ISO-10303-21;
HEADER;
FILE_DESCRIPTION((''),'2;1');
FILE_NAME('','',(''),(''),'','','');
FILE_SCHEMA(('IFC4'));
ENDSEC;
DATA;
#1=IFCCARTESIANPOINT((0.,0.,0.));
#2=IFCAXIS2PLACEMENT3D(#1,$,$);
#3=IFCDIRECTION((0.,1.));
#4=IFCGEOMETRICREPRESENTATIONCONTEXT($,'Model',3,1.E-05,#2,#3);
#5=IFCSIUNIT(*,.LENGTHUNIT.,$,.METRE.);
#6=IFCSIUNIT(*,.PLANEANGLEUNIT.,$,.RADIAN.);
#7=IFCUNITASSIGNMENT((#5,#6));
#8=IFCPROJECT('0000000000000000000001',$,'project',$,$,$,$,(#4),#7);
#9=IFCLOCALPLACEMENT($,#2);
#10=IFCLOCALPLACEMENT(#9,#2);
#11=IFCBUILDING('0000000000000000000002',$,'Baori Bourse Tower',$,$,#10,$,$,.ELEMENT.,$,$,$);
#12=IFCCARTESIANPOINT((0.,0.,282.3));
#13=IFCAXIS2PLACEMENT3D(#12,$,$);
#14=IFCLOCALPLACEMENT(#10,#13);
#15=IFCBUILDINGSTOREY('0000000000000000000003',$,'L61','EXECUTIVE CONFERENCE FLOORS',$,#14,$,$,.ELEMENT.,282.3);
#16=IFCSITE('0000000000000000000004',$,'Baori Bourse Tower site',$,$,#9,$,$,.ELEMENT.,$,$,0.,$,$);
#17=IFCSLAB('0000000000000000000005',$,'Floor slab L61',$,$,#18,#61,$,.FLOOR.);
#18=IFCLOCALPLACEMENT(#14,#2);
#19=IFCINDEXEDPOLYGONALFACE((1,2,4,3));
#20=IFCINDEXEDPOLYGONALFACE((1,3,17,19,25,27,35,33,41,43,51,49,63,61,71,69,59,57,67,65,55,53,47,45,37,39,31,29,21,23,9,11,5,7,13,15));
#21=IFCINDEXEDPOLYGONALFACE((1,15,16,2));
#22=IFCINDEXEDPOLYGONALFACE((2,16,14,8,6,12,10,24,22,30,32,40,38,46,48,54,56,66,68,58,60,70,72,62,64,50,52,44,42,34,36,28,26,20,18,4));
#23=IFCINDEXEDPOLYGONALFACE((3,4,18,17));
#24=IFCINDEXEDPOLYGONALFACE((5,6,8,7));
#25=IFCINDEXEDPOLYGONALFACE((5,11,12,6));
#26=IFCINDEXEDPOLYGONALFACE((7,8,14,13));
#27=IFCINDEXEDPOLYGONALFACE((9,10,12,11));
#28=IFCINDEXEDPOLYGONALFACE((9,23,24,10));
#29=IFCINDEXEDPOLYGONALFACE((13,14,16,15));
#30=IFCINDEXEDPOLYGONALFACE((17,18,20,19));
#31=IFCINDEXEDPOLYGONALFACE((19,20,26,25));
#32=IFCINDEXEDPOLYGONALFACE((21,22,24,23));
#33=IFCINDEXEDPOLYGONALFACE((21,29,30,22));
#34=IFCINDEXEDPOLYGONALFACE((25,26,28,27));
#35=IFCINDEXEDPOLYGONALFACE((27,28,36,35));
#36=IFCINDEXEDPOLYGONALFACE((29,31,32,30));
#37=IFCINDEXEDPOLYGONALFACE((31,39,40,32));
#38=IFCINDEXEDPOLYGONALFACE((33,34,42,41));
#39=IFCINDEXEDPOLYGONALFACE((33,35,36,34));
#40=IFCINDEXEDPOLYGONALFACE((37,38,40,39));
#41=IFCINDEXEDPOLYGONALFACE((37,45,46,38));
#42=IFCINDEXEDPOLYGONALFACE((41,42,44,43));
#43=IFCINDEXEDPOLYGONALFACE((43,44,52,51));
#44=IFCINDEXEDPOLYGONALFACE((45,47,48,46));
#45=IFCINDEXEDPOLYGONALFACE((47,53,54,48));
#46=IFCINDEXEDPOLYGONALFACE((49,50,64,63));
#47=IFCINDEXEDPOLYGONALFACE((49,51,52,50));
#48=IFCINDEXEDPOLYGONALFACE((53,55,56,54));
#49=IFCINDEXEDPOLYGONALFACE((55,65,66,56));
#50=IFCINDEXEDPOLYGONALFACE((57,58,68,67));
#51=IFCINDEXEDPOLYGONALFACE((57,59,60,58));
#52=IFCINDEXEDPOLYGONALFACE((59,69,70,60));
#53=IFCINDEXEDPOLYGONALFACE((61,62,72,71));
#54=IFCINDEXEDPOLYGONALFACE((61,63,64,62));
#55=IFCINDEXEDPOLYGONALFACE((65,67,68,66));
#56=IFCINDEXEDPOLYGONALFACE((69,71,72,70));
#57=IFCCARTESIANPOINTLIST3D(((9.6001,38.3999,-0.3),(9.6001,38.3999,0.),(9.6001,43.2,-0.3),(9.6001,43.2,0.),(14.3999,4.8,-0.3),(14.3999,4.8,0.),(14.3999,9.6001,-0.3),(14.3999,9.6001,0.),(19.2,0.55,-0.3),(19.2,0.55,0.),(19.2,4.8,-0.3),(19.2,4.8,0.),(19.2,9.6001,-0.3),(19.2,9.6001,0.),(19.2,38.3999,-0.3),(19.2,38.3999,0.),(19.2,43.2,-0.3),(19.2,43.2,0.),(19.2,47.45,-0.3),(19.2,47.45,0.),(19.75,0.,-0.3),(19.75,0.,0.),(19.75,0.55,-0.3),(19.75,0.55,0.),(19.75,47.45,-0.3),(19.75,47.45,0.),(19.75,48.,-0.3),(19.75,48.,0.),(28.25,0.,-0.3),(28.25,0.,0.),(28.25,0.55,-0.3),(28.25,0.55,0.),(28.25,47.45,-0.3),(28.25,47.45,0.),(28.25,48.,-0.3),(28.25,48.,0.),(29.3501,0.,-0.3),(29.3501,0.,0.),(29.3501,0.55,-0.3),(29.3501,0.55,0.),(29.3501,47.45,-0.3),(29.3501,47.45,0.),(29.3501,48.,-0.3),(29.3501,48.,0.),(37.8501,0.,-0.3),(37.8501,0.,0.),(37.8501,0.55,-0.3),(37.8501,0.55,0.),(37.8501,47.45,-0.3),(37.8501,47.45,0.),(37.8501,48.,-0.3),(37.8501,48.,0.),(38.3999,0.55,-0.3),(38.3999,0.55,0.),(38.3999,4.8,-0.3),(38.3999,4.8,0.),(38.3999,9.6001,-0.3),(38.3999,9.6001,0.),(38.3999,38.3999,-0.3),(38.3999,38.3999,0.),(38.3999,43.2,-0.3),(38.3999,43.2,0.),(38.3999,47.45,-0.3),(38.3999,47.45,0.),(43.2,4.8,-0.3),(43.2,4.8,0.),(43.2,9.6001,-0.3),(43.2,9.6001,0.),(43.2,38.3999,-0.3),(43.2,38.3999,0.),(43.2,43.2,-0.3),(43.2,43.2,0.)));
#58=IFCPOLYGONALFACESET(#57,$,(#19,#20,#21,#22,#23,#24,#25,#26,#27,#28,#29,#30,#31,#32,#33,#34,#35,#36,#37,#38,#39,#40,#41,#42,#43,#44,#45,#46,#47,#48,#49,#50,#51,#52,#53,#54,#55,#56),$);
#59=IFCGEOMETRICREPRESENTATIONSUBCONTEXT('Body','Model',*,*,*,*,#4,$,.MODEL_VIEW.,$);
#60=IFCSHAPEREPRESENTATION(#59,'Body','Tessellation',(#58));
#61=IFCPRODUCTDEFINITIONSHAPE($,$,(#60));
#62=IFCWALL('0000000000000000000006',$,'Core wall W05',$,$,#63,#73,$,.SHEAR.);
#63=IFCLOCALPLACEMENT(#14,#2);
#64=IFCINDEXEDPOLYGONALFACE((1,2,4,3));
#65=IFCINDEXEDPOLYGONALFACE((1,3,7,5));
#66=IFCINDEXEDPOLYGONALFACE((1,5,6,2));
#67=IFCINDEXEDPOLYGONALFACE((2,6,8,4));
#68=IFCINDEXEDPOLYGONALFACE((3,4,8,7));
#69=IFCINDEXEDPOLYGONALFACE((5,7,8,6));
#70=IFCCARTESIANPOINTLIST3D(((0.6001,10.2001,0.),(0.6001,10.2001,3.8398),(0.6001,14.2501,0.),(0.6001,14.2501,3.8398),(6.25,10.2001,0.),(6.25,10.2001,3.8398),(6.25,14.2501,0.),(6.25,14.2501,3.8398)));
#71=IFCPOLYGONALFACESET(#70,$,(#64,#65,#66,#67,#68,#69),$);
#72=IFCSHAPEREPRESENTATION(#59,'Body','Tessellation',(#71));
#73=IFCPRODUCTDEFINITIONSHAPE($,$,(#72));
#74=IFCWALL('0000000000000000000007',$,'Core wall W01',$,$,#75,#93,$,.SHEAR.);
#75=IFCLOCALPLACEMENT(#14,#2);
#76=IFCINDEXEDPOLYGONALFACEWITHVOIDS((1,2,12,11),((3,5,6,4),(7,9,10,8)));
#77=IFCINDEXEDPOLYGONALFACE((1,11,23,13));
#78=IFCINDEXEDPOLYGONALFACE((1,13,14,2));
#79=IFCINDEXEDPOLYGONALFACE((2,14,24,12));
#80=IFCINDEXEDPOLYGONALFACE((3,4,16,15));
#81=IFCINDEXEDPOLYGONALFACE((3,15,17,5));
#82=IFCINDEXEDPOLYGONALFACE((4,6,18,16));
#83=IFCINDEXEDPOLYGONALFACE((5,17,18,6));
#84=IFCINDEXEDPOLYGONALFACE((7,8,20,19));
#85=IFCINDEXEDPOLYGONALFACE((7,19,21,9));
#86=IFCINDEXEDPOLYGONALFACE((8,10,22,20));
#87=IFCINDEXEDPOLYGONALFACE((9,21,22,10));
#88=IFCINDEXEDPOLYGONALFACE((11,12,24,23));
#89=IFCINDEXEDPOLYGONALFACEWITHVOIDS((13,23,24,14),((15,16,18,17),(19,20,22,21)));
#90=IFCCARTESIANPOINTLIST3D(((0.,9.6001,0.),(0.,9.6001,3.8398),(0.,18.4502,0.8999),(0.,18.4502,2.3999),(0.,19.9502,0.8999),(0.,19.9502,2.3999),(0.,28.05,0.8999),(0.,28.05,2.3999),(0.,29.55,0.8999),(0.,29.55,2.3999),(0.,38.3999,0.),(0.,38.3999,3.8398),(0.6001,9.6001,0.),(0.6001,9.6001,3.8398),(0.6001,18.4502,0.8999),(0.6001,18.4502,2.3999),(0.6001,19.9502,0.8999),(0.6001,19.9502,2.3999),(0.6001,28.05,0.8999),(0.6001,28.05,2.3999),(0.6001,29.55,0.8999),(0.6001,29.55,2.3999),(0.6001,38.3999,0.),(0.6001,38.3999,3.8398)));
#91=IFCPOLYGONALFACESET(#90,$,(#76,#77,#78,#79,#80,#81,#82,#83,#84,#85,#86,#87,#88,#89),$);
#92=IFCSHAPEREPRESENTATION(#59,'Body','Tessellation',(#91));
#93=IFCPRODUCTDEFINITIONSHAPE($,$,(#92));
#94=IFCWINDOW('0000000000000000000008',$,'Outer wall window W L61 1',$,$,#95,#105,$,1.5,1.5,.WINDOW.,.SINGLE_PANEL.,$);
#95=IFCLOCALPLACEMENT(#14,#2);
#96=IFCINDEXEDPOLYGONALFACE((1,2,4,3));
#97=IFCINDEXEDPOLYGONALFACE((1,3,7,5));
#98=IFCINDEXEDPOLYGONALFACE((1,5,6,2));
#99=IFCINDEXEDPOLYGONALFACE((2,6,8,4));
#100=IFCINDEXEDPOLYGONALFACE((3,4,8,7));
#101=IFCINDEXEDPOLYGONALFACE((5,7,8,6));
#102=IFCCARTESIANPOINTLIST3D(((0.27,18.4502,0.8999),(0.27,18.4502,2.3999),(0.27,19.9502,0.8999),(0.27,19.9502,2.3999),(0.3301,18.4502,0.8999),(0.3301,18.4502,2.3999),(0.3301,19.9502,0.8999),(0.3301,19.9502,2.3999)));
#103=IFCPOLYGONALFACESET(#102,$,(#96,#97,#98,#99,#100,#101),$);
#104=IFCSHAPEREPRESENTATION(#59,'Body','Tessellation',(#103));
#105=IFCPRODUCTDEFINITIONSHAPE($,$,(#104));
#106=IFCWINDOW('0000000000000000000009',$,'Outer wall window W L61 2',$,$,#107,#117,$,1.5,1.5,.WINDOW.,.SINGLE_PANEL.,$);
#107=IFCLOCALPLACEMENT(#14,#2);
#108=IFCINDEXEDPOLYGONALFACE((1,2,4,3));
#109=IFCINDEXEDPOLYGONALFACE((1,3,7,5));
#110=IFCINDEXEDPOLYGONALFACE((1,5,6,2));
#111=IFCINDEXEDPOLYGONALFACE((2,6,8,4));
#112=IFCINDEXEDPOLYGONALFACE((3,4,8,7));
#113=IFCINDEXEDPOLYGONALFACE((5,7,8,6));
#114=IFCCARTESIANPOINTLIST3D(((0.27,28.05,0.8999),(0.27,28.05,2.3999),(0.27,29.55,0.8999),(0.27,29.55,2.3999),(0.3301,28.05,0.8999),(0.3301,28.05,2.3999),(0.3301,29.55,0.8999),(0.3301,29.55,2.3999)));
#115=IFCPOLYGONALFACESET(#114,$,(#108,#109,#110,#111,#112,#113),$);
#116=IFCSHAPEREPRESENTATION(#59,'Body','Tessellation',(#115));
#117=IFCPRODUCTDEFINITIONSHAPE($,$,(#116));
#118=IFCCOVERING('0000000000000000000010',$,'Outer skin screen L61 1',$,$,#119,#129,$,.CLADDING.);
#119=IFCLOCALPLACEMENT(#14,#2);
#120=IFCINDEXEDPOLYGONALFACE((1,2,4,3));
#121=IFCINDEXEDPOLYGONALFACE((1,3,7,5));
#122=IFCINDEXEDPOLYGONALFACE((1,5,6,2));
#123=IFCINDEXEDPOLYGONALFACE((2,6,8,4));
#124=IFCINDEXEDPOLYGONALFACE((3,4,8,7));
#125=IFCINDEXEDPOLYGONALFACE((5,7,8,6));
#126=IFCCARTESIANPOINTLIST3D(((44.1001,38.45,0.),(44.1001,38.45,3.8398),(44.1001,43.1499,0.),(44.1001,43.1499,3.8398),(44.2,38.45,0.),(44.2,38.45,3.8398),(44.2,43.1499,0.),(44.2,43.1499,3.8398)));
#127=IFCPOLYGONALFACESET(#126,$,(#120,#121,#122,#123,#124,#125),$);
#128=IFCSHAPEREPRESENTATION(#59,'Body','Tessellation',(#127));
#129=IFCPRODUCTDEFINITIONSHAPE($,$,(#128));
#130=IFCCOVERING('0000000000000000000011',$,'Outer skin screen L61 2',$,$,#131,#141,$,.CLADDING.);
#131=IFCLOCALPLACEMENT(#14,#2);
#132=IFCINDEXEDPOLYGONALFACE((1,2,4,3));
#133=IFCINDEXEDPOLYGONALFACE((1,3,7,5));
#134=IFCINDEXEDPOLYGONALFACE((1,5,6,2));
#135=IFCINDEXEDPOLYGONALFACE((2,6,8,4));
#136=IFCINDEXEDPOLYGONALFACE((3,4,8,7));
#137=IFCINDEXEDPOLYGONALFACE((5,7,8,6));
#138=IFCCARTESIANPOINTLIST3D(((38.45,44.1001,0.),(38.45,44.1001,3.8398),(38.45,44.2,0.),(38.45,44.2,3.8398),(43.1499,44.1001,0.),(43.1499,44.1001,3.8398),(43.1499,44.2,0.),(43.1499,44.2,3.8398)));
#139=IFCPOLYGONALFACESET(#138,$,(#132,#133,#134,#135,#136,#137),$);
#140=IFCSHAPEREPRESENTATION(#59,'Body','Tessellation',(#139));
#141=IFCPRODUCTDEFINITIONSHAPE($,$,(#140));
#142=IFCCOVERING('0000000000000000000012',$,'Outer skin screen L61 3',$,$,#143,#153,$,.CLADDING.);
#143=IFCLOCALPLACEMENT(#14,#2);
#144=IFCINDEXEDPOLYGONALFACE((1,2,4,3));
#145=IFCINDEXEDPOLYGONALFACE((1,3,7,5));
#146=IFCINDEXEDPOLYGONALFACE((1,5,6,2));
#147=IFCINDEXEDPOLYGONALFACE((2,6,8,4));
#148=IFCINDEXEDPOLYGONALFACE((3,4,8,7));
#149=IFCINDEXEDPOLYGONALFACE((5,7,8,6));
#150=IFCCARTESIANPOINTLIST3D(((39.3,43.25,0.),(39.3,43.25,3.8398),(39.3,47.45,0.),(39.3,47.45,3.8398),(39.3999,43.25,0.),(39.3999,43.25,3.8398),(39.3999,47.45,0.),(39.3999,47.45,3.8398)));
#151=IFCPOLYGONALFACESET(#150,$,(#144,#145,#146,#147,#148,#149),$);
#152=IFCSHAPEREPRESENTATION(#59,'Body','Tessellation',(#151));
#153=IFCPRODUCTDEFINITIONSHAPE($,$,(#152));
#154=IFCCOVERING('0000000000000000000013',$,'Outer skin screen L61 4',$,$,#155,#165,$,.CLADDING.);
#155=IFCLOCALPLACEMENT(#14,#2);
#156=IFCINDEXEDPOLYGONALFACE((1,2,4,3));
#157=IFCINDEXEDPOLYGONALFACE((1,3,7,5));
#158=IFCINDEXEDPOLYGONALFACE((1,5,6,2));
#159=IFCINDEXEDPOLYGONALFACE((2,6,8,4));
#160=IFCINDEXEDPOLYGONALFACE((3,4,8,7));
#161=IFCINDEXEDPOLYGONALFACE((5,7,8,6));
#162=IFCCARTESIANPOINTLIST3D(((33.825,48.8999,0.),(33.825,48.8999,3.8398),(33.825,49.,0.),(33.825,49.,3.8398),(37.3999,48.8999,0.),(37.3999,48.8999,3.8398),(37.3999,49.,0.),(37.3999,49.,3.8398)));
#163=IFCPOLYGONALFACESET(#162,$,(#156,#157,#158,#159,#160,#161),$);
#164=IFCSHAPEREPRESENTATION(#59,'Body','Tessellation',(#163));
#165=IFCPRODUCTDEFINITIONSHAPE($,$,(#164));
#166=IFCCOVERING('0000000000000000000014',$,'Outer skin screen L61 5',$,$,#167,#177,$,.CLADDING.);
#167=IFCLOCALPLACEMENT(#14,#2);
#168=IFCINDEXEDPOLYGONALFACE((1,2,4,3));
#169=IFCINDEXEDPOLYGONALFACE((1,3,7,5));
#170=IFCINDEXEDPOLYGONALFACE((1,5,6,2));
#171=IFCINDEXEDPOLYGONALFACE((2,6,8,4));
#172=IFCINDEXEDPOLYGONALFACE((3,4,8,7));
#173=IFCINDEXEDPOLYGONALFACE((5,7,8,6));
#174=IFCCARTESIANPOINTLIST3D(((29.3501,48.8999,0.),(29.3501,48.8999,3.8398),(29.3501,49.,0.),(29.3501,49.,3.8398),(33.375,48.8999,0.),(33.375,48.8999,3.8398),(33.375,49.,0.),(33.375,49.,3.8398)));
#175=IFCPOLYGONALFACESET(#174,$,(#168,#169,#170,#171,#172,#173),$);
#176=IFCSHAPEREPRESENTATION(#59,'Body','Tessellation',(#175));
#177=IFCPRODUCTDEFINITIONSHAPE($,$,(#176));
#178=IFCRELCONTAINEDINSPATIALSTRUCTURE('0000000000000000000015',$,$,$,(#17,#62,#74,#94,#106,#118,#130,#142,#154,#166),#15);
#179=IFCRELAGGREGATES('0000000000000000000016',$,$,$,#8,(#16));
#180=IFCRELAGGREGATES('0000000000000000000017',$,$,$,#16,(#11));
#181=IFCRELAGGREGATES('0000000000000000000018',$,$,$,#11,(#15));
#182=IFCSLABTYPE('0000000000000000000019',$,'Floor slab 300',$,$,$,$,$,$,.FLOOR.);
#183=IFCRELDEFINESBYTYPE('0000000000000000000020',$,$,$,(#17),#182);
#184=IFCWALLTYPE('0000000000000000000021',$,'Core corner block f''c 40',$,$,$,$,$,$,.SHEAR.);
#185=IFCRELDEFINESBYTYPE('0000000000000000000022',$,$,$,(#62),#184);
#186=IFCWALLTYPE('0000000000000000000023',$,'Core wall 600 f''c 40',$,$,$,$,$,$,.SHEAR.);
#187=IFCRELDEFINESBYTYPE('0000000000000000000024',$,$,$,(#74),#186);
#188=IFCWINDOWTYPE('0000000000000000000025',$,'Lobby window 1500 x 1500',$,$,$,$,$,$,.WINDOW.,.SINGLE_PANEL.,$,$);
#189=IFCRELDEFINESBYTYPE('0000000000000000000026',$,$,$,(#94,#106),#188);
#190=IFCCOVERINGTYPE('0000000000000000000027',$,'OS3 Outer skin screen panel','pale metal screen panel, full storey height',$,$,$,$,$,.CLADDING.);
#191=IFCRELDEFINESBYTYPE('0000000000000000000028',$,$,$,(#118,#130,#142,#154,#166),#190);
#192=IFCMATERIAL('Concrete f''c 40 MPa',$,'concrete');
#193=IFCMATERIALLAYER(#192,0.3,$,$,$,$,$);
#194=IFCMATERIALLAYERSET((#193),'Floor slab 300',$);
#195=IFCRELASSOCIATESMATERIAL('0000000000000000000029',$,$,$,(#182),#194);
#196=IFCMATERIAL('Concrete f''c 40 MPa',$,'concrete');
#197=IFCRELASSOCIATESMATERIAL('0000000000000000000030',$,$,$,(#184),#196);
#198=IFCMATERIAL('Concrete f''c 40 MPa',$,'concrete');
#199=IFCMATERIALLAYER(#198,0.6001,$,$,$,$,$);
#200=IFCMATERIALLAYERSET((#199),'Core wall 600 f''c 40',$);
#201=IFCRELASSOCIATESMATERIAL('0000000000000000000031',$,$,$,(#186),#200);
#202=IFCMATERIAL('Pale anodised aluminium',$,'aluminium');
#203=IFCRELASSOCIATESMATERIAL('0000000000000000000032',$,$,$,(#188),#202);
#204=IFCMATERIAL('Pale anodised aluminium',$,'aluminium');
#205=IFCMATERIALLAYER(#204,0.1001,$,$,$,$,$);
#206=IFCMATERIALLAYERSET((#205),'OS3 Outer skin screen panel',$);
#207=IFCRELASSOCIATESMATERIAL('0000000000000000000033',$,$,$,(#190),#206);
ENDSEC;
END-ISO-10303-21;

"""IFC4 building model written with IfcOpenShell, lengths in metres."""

from ifc_helpers import new_model, si_unit, direction, frame, frame_2d, origin, place, context, subcontext, project, spatial, polyline, rectangle, outline, extrude, material, layer, layer_set, type_object, element, fill, save


model = new_model("IFC4")

# Units and contexts
model_context = context("Model", 3, precision=1e-05, world=origin(), true_north=direction((0.0, 1.0)))
body_context = subcontext(model_context, "Body", "Model", "MODEL_VIEW")
ifc_project = project(units=[si_unit("LENGTHUNIT", "METRE"), si_unit("PLANEANGLEUNIT", "RADIAN")], contexts=[model_context])

# Site, building, storey
site_placement = place(None, origin())
site = spatial("IfcSite", under=ifc_project, at=site_placement, Name="Baori Bourse Tower site", CompositionType="ELEMENT", RefElevation=0.0)
building_placement = place(site_placement, origin())
building = spatial("IfcBuilding", under=site, at=building_placement, Name="Baori Bourse Tower", CompositionType="ELEMENT")
storey_placement = place(building_placement, frame((0.0, 0.0, 282.3)))
storey = spatial("IfcBuildingStorey", under=building, at=storey_placement, Name="L61", Description="EXECUTIVE CONFERENCE FLOORS", CompositionType="ELEMENT", Elevation=282.3)

# Slab
ifc_material_1 = material(Name="Concrete f'c 40 MPa", Category="concrete")
ifc_layer_1 = layer(ifc_material_1, 0.3)
ifc_layer_set_1 = layer_set([ifc_layer_1], Name="Floor slab 300")
slab_type_1 = type_object("IfcSlabType", Name="Floor slab 300", PredefinedType="FLOOR", material=ifc_layer_set_1)
slab_1_placement = place(storey_placement, frame((0.0, 0.0, -0.3)))
element("IfcSlab", 1, at=slab_1_placement, inside=storey, type_object=slab_type_1, Name="Floor slab L61", PredefinedType="FLOOR", context=body_context, shape_type="SweptSolid", body=[
    extrude(outline(polyline([(19.2, 4.8), (14.3999, 4.8), (14.3999, 9.6001), (19.2, 9.6001), (19.2, 38.3999), (9.6001, 38.3999), (9.6001, 43.2), (19.2, 43.2), (19.2, 47.45), (19.75, 47.45), (19.75, 48.0), (28.25, 48.0), (28.25, 47.45), (29.3501, 47.45), (29.3501, 48.0), (37.8501, 48.0), (37.8501, 47.45), (38.3999, 47.45), (38.3999, 43.2), (43.2, 43.2), (43.2, 38.3999), (38.3999, 38.3999), (38.3999, 9.6001), (43.2, 9.6001), (43.2, 4.8), (38.3999, 4.8), (38.3999, 0.55), (37.8501, 0.55), (37.8501, 0.0), (29.3501, 0.0), (29.3501, 0.55), (28.25, 0.55), (28.25, 0.0), (19.75, 0.0), (19.75, 0.55), (19.2, 0.55), (19.2, 4.8)])), origin(), (0.0, 0.0, 1.0), 0.3),
])

# Wall
ifc_material_2 = material(Name="Concrete f'c 40 MPa", Category="concrete")
wall_type_1 = type_object("IfcWallType", Name="Core corner block f'c 40", PredefinedType="SHEAR", material=ifc_material_2)
wall_1_placement = place(storey_placement, frame((0.6001, 12.2251, 0.0), z_axis=(0.0, 0.0, 1.0), x_axis=(1.0, 0.0, 0.0)))
element("IfcWall", 2, at=wall_1_placement, inside=storey, type_object=wall_type_1, Name="Core wall W05", PredefinedType="SHEAR", context=body_context, shape_type="SweptSolid", body=[
    extrude(rectangle(XDim=5.6499, YDim=4.05, at=frame_2d((2.825, 0.0))), origin(), (0.0, 0.0, 1.0), 3.8398),
])

# Wall, openings, windows
ifc_material_3 = material(Name="Concrete f'c 40 MPa", Category="concrete")
ifc_layer_2 = layer(ifc_material_3, 0.6001)
ifc_layer_set_2 = layer_set([ifc_layer_2], Name="Core wall 600 f'c 40")
wall_type_2 = type_object("IfcWallType", Name="Core wall 600 f'c 40", PredefinedType="SHEAR", material=ifc_layer_set_2)
wall_2_placement = place(storey_placement, frame((0.3, 9.6001, 0.0), z_axis=(0.0, 0.0, 1.0), x_axis=(0.0, 1.0, 0.0)))
wall_2 = element("IfcWall", 3, at=wall_2_placement, inside=storey, type_object=wall_type_2, Name="Core wall W01", PredefinedType="SHEAR", context=body_context, shape_type="SweptSolid", body=[
    extrude(rectangle(XDim=28.7998, YDim=0.6001, at=frame_2d((14.3999, 0.0))), origin(), (0.0, 0.0, 1.0), 3.8398),
])
opening_1_placement = place(wall_2_placement, frame((8.8501, 0.0, 0.8999)))
opening_1 = element("IfcOpeningElement", 4, at=opening_1_placement, cuts=wall_2, PredefinedType="OPENING", context=body_context, shape_type="SweptSolid", body=[
    extrude(rectangle(XDim=1.5, YDim=1.5, at=frame_2d((0.75, 0.75))), frame((0.0, 0.3101, 0.0), z_axis=(0.0, -1.0, 0.0), x_axis=(1.0, 0.0, 0.0)), (0.0, 0.0, 1.0), 0.6201),
])
opening_2_placement = place(wall_2_placement, frame((18.45, 0.0, 0.8999)))
opening_2 = element("IfcOpeningElement", 5, at=opening_2_placement, cuts=wall_2, PredefinedType="OPENING", context=body_context, shape_type="SweptSolid", body=[
    extrude(rectangle(XDim=1.5, YDim=1.5, at=frame_2d((0.75, 0.75))), frame((0.0, 0.3101, 0.0), z_axis=(0.0, -1.0, 0.0), x_axis=(1.0, 0.0, 0.0)), (0.0, 0.0, 1.0), 0.6201),
])
ifc_material_4 = material(Name="Pale anodised aluminium", Category="aluminium")
window_type = type_object("IfcWindowType", Name="Lobby window 1500 x 1500", PartitioningType="SINGLE_PANEL", PredefinedType="WINDOW", material=ifc_material_4)
window_1_placement = place(opening_1_placement, origin())
window_1 = element("IfcWindow", 6, at=window_1_placement, inside=storey, type_object=window_type, Name="Outer wall window W L61 1", OverallHeight=1.5, OverallWidth=1.5, PartitioningType="SINGLE_PANEL", PredefinedType="WINDOW", context=body_context, shape_type="SweptSolid", body=[
    extrude(rectangle(XDim=1.5, YDim=1.5, at=frame_2d((0.75, 0.75))), frame((0.0, 0.03, 0.0), z_axis=(0.0, -1.0, 0.0), x_axis=(1.0, 0.0, 0.0)), (0.0, 0.0, 1.0), 0.0601),
])
fill(opening_1, window_1)
window_2_placement = place(opening_2_placement, origin())
window_2 = element("IfcWindow", 7, at=window_2_placement, inside=storey, type_object=window_type, Name="Outer wall window W L61 2", OverallHeight=1.5, OverallWidth=1.5, PartitioningType="SINGLE_PANEL", PredefinedType="WINDOW", context=body_context, shape_type="SweptSolid", body=[
    extrude(rectangle(XDim=1.5, YDim=1.5, at=frame_2d((0.75, 0.75))), frame((0.0, 0.03, 0.0), z_axis=(0.0, -1.0, 0.0), x_axis=(1.0, 0.0, 0.0)), (0.0, 0.0, 1.0), 0.0601),
])
fill(opening_2, window_2)

# Coverings
ifc_material_5 = material(Name="Pale anodised aluminium", Category="aluminium")
ifc_layer_3 = layer(ifc_material_5, 0.1001)
ifc_layer_set_3 = layer_set([ifc_layer_3], Name="OS3 Outer skin screen panel")
covering_type = type_object("IfcCoveringType", Name="OS3 Outer skin screen panel", Description="pale metal screen panel, full storey height", PredefinedType="CLADDING", material=ifc_layer_set_3)
covering_1_placement = place(storey_placement, origin())
element("IfcCovering", 8, at=covering_1_placement, inside=storey, type_object=covering_type, Name="Outer skin screen L61 1", PredefinedType="CLADDING", context=body_context, shape_type="SweptSolid", body=[
    extrude(outline(polyline([(44.1001, 43.1499), (44.1001, 38.45), (44.2, 38.45), (44.2, 43.1499), (44.1001, 43.1499)])), origin(), (0.0, 0.0, 1.0), 3.8398),
])
covering_2_placement = place(storey_placement, origin())
element("IfcCovering", 9, at=covering_2_placement, inside=storey, type_object=covering_type, Name="Outer skin screen L61 2", PredefinedType="CLADDING", context=body_context, shape_type="SweptSolid", body=[
    extrude(outline(polyline([(38.45, 44.1001), (43.1499, 44.1001), (43.1499, 44.2), (38.45, 44.2), (38.45, 44.1001)])), origin(), (0.0, 0.0, 1.0), 3.8398),
])
covering_3_placement = place(storey_placement, origin())
element("IfcCovering", 10, at=covering_3_placement, inside=storey, type_object=covering_type, Name="Outer skin screen L61 3", PredefinedType="CLADDING", context=body_context, shape_type="SweptSolid", body=[
    extrude(outline(polyline([(39.3, 47.45), (39.3, 43.25), (39.3999, 43.25), (39.3999, 47.45), (39.3, 47.45)])), origin(), (0.0, 0.0, 1.0), 3.8398),
])
covering_4_placement = place(storey_placement, origin())
element("IfcCovering", 11, at=covering_4_placement, inside=storey, type_object=covering_type, Name="Outer skin screen L61 4", PredefinedType="CLADDING", context=body_context, shape_type="SweptSolid", body=[
    extrude(outline(polyline([(33.825, 48.8999), (37.3999, 48.8999), (37.3999, 49.0), (33.825, 49.0), (33.825, 48.8999)])), origin(), (0.0, 0.0, 1.0), 3.8398),
])
covering_5_placement = place(storey_placement, origin())
element("IfcCovering", 12, at=covering_5_placement, inside=storey, type_object=covering_type, Name="Outer skin screen L61 5", PredefinedType="CLADDING", context=body_context, shape_type="SweptSolid", body=[
    extrude(outline(polyline([(29.3501, 48.8999), (33.375, 48.8999), (33.375, 49.0), (29.3501, 49.0), (29.3501, 48.8999)])), origin(), (0.0, 0.0, 1.0), 3.8398),
])

save(model, "model.ifc")
